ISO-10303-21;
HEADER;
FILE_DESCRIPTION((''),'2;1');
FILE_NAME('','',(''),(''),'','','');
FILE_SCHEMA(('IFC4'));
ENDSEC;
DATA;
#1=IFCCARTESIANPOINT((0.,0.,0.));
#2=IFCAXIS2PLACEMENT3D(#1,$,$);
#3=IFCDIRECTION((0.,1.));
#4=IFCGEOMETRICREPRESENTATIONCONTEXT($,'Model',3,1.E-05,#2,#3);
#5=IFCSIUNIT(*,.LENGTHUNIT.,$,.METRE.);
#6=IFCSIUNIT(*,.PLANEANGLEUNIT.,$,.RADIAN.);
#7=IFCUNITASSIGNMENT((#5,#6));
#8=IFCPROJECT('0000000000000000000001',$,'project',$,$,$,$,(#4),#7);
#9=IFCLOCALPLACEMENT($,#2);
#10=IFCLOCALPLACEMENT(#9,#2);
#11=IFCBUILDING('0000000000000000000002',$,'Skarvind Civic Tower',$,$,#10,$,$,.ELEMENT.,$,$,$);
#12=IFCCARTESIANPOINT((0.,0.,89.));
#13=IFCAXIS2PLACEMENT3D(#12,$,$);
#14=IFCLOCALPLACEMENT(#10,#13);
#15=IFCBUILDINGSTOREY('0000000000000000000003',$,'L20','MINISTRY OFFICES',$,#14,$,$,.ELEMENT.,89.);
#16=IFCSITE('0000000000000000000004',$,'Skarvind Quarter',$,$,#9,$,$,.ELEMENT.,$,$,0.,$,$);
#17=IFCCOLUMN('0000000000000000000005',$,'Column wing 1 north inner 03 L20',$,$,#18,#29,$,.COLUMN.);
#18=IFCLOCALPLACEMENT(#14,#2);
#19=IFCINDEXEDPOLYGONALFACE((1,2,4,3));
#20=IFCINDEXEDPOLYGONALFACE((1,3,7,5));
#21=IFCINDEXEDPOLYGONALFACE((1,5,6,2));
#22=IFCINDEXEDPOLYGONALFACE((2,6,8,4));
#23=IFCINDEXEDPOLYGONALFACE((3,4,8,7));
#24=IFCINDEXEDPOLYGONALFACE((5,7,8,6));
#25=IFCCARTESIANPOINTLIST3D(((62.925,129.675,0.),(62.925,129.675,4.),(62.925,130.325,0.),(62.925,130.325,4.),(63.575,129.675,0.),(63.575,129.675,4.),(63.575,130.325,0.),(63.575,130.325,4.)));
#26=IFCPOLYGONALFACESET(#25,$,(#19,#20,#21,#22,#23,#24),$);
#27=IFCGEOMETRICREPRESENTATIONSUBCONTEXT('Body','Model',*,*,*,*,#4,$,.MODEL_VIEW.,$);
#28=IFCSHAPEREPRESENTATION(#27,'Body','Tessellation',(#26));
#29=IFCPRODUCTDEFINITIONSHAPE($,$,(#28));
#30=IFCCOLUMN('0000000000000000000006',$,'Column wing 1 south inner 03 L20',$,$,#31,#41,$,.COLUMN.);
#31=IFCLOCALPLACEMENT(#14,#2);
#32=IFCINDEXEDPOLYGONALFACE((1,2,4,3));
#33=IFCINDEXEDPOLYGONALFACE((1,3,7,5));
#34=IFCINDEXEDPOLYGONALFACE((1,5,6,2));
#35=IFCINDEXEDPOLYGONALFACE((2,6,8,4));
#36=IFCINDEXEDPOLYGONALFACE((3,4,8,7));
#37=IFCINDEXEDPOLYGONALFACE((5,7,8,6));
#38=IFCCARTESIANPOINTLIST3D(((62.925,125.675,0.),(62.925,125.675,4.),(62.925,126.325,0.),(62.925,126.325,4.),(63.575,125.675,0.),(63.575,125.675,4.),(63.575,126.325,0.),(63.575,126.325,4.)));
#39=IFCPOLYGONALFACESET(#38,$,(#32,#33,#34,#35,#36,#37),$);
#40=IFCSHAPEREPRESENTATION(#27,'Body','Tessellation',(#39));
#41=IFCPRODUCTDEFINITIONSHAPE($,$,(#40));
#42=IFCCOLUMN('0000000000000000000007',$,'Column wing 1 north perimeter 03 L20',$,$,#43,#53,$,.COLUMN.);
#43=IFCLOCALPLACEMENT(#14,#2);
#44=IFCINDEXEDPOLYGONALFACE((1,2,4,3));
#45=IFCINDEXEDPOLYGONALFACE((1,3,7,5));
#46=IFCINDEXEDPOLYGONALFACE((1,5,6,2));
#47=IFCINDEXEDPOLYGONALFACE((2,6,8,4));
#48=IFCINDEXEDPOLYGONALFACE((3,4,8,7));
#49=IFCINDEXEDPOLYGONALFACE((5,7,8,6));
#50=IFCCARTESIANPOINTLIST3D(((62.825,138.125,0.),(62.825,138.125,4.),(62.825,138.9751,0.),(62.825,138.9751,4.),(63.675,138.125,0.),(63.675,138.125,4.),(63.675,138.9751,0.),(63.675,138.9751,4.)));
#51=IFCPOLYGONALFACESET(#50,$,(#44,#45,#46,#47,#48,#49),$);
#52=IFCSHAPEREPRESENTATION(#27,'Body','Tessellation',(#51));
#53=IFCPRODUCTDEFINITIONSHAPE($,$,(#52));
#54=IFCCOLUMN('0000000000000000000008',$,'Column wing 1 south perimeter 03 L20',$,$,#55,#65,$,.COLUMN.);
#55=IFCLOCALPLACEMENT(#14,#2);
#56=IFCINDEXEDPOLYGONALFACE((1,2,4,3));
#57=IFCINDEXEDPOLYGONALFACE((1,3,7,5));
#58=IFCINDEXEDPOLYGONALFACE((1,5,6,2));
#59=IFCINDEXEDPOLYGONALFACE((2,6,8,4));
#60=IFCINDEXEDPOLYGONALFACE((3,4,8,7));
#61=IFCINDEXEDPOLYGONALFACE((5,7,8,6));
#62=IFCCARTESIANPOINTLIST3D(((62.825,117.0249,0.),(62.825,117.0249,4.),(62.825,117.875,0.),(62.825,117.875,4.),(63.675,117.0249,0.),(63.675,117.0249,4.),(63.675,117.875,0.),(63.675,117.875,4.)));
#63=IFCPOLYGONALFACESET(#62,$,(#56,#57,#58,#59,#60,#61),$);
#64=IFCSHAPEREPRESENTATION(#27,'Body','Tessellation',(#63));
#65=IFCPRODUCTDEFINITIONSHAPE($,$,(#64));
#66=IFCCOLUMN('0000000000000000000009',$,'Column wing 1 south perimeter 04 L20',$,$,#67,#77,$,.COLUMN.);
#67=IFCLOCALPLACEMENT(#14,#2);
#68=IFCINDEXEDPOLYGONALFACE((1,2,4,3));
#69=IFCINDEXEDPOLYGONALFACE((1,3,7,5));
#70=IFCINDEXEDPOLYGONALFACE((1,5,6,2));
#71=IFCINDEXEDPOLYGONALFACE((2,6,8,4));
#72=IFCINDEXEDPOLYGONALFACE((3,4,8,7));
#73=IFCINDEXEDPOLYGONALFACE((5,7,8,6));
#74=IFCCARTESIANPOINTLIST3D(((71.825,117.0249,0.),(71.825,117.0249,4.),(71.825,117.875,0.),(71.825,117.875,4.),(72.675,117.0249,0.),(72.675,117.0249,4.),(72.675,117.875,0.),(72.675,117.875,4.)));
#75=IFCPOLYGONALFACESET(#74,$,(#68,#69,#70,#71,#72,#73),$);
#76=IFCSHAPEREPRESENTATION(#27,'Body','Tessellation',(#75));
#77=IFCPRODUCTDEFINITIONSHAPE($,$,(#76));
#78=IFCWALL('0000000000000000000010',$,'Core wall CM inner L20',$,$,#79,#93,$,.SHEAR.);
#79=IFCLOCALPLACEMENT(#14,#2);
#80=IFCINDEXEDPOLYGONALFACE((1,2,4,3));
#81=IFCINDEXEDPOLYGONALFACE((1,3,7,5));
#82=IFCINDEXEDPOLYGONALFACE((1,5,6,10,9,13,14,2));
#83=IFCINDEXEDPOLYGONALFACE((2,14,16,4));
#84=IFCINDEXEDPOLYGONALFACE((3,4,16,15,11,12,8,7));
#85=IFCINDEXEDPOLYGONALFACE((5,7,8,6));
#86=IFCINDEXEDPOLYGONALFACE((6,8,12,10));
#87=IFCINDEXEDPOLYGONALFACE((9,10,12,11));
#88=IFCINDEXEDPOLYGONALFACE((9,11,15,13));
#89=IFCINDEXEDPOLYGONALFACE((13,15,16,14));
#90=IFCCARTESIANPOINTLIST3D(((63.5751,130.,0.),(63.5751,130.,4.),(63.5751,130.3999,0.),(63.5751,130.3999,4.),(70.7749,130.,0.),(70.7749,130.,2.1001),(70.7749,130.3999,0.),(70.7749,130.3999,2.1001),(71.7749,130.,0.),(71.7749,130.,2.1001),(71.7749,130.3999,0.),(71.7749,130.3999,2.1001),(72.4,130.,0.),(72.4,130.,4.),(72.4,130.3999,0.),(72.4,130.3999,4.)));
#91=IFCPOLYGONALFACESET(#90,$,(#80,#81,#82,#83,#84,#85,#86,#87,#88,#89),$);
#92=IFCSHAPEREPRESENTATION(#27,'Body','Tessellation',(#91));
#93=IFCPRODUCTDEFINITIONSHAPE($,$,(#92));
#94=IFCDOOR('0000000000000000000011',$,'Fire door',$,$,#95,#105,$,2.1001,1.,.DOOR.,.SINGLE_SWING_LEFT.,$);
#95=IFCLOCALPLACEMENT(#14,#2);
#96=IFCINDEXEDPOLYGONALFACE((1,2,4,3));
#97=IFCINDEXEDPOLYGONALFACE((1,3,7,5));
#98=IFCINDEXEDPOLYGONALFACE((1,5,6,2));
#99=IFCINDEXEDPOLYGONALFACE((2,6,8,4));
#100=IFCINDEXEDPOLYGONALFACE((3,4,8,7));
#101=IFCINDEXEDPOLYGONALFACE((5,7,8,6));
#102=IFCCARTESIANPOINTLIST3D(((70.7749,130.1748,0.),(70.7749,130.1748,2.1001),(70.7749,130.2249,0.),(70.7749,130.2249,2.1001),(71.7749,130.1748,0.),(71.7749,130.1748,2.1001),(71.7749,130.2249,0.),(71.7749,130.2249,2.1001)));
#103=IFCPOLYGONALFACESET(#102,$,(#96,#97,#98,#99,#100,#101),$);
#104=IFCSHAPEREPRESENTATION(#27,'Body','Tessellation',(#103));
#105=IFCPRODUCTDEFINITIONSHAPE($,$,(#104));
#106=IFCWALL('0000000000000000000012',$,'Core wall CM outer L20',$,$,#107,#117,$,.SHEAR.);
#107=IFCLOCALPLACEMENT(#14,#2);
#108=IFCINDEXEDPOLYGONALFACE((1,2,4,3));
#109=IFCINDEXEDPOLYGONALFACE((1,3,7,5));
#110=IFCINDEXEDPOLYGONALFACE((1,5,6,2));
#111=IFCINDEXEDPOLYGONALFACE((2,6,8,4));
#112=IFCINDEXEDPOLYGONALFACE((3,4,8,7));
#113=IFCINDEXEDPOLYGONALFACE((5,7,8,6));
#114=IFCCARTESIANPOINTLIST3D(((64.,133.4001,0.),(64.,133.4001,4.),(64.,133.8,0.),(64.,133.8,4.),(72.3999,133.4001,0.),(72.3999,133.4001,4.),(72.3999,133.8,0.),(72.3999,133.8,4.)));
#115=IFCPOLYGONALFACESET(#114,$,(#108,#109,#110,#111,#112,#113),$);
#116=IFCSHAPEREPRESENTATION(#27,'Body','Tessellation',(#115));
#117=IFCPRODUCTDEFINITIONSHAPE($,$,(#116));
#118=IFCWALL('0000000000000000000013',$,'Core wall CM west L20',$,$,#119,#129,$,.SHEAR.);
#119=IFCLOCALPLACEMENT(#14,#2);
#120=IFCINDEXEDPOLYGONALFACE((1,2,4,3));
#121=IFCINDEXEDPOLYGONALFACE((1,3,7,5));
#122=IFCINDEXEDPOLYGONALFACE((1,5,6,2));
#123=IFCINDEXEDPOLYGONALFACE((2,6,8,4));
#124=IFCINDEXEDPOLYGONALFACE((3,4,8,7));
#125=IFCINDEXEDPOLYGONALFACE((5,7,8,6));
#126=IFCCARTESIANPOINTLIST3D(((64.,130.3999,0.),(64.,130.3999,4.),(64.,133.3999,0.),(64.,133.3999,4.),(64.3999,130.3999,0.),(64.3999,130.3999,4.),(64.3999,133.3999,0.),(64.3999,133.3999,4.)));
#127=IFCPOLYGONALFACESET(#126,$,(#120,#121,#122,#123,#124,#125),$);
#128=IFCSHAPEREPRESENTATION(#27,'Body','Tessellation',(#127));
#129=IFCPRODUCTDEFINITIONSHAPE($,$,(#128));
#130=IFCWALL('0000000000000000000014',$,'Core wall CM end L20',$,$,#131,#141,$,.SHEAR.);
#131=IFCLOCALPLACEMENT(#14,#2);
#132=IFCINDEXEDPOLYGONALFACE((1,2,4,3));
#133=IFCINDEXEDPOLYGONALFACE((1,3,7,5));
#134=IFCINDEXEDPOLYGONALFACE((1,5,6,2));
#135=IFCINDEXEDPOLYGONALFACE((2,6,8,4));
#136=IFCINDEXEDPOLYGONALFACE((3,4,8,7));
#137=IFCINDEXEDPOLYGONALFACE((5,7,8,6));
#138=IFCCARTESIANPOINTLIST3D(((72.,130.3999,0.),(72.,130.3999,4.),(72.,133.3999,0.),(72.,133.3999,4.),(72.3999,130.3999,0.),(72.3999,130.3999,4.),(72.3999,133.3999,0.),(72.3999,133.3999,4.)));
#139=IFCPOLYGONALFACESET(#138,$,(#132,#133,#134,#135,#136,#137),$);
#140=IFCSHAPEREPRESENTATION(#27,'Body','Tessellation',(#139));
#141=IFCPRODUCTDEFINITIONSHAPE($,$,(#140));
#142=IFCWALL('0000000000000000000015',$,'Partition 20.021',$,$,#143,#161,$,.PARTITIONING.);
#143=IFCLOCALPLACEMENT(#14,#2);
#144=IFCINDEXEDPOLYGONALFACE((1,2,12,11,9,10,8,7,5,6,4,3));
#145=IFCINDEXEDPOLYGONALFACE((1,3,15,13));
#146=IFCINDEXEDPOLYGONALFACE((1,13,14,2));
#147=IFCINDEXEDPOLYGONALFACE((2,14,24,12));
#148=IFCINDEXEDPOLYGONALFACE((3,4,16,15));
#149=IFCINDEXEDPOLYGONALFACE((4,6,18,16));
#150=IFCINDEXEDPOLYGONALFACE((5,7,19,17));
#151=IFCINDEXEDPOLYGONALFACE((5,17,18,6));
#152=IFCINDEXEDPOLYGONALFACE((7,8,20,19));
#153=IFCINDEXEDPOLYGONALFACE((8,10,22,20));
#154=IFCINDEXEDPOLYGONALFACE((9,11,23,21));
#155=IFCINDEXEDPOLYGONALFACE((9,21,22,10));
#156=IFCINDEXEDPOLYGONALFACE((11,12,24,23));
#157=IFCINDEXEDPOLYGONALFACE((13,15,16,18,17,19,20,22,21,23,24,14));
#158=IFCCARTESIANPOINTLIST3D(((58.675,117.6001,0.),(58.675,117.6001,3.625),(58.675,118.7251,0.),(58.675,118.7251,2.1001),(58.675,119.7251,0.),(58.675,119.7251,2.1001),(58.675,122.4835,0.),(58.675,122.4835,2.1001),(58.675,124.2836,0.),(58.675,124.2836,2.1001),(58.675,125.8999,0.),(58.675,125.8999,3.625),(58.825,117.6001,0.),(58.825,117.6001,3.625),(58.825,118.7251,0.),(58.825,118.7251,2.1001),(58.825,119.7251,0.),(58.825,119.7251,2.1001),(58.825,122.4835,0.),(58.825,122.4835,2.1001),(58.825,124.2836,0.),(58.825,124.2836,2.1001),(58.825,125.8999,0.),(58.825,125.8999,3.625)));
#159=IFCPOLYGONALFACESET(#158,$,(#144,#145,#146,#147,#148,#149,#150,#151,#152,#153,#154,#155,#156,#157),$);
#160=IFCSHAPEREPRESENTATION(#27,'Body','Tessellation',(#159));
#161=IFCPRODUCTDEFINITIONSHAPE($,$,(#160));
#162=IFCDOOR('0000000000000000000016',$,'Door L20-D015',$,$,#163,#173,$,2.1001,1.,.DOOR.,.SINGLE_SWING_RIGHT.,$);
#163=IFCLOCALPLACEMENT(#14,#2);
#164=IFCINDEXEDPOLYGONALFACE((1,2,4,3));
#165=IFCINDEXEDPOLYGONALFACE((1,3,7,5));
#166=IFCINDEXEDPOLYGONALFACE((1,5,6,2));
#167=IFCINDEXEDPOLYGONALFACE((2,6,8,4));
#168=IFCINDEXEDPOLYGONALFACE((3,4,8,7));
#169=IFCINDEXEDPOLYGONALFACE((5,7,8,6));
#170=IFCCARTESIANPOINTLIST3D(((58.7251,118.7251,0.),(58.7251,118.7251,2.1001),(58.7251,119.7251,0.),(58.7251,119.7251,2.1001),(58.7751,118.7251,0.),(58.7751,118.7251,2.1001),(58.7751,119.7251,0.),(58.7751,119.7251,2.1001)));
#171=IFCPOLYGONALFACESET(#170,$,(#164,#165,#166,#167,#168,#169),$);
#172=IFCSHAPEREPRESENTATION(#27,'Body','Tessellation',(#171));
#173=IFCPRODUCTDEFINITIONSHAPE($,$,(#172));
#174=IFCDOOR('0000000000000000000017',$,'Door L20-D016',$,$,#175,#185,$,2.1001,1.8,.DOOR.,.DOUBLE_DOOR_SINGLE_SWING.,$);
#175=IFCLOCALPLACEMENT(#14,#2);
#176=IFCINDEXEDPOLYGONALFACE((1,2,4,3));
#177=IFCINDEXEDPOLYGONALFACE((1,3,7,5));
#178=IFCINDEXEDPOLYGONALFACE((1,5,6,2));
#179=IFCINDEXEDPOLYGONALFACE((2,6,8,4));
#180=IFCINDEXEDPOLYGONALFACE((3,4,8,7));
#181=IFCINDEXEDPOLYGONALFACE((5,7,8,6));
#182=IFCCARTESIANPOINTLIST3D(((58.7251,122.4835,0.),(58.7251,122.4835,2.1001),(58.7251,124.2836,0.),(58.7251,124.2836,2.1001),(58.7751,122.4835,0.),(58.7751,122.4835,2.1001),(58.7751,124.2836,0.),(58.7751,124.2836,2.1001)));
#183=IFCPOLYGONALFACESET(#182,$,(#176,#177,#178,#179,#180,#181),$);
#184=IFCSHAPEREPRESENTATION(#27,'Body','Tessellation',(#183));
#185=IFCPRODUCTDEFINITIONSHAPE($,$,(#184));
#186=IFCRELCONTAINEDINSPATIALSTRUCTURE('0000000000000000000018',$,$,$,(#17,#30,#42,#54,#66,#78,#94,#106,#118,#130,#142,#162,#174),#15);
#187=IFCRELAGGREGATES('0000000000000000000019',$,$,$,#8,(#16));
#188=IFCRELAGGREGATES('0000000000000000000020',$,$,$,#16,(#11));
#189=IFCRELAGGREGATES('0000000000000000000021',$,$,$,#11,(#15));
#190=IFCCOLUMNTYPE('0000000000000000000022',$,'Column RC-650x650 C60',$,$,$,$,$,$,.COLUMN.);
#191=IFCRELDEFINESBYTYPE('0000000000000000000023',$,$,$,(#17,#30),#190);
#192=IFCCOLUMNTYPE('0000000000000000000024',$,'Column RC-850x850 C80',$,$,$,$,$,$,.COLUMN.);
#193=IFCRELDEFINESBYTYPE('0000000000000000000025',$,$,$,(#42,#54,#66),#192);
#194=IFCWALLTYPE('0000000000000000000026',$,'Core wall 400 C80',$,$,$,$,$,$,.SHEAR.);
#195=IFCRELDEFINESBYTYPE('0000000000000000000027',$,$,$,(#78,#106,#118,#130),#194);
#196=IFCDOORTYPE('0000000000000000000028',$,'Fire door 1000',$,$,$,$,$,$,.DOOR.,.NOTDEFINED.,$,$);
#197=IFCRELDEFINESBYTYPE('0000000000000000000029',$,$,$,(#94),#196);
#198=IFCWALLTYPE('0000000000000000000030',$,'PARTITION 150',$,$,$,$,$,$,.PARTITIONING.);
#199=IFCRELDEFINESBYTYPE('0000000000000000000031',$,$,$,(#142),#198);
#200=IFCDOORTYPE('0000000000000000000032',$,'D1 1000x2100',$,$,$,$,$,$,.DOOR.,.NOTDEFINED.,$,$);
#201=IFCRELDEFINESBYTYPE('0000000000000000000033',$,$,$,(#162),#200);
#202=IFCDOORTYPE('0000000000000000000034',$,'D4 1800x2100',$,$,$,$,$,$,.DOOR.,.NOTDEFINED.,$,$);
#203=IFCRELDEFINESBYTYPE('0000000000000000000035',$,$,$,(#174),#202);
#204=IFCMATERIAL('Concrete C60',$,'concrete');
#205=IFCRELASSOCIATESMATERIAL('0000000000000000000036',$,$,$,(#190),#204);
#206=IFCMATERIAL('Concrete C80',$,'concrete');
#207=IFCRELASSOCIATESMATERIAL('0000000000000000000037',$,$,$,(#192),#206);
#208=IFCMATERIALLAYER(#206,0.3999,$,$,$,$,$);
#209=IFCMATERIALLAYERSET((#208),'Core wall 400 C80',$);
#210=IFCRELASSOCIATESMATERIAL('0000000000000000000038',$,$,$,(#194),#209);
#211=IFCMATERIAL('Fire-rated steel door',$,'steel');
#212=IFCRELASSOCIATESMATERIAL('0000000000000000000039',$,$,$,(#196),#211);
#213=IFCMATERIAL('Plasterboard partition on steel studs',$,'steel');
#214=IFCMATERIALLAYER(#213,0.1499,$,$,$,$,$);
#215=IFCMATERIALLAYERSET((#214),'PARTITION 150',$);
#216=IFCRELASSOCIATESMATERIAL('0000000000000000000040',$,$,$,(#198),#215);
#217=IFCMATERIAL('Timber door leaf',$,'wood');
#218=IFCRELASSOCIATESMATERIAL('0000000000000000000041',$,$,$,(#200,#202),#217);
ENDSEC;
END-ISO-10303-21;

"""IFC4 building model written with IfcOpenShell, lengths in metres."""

from ifc_helpers import new_model, si_unit, direction, frame, frame_2d, origin, origin_2d, place, context, subcontext, project, spatial, rectangle, extrude, material, layer, layer_set, material_profile, profile_set, type_object, element, fill, save


model = new_model("IFC4")

# Units and contexts
model_context = context("Model", 3, precision=1e-05, world=origin(), true_north=direction((0.0, 1.0)))
body_context = subcontext(model_context, "Body", "Model", "MODEL_VIEW")
ifc_project = project(units=[si_unit("LENGTHUNIT", "METRE"), si_unit("PLANEANGLEUNIT", "RADIAN")], contexts=[model_context])

# Site, building, storey
site_placement = place(None, origin())
site = spatial("IfcSite", under=ifc_project, at=site_placement, Name="Skarvind Quarter", CompositionType="ELEMENT", RefElevation=0.0)
building_placement = place(site_placement, origin())
building = spatial("IfcBuilding", under=site, at=building_placement, Name="Skarvind Civic Tower", CompositionType="ELEMENT")
storey_placement = place(building_placement, frame((0.0, 0.0, 89.0)))
storey = spatial("IfcBuildingStorey", under=building, at=storey_placement, Name="L20", Description="MINISTRY OFFICES", CompositionType="ELEMENT", Elevation=89.0)

# Columns
ifc_material_1 = material(Name="Concrete C60", Category="concrete")
ifc_material_profile_1 = material_profile(ifc_material_1, rectangle(XDim=0.6499, YDim=0.6499, at=origin_2d()), Name="RC-650x650")
ifc_profile_set_1 = profile_set([ifc_material_profile_1], Name="Concrete C60")
column_type_1 = type_object("IfcColumnType", Name="Column RC-650x650 C60", PredefinedType="COLUMN", material=ifc_profile_set_1)
for number, where, z_axis, x_axis, name in (
    (1, (63.25, 130.0, 0.0), (0.0, 0.0, 1.0), (1.0, 0.0, 0.0), "Column wing 1 north inner 03 L20"),
    (2, (63.25, 126.0, 0.0), (0.0, 0.0, 1.0), (1.0, 0.0, 0.0), "Column wing 1 south inner 03 L20"),
):
    element("IfcColumn", number, at=place(storey_placement, frame(where, z_axis=z_axis, x_axis=x_axis)), inside=storey, type_object=column_type_1, Name=name, PredefinedType="COLUMN", context=body_context, shape_type="SweptSolid", body=[
        extrude(rectangle(XDim=0.6499, YDim=0.6499, at=origin_2d()), origin(), (0.0, 0.0, 1.0), 4.0),
    ])
ifc_material_2 = material(Name="Concrete C80", Category="concrete")
ifc_material_profile_2 = material_profile(ifc_material_2, rectangle(XDim=0.8501, YDim=0.8501, at=origin_2d()), Name="RC-850x850")
ifc_profile_set_2 = profile_set([ifc_material_profile_2], Name="Concrete C80")
column_type_2 = type_object("IfcColumnType", Name="Column RC-850x850 C80", PredefinedType="COLUMN", material=ifc_profile_set_2)
for number, where, z_axis, x_axis, name in (
    (3, (63.25, 138.55, 0.0), (0.0, 0.0, 1.0), (1.0, 0.0, 0.0), "Column wing 1 north perimeter 03 L20"),
    (4, (63.25, 117.45, 0.0), (0.0, 0.0, 1.0), (1.0, 0.0, 0.0), "Column wing 1 south perimeter 03 L20"),
    (5, (72.25, 117.45, 0.0), (0.0, 0.0, 1.0), (1.0, 0.0, 0.0), "Column wing 1 south perimeter 04 L20"),
):
    element("IfcColumn", number, at=place(storey_placement, frame(where, z_axis=z_axis, x_axis=x_axis)), inside=storey, type_object=column_type_2, Name=name, PredefinedType="COLUMN", context=body_context, shape_type="SweptSolid", body=[
        extrude(rectangle(XDim=0.8501, YDim=0.8501, at=origin_2d()), origin(), (0.0, 0.0, 1.0), 4.0),
    ])

# Wall, opening, door
ifc_layer_1 = layer(ifc_material_2, 0.3999)
ifc_layer_set_1 = layer_set([ifc_layer_1], Name="Core wall 400 C80")
wall_type_1 = type_object("IfcWallType", Name="Core wall 400 C80", PredefinedType="SHEAR", material=ifc_layer_set_1)
wall_1_placement = place(storey_placement, frame((63.575, 130.2, 0.0), z_axis=(0.0, 0.0, 1.0), x_axis=(1.0, 0.0, 0.0)))
wall_1 = element("IfcWall", 6, at=wall_1_placement, inside=storey, type_object=wall_type_1, Name="Core wall CM inner L20", PredefinedType="SHEAR", context=body_context, shape_type="SweptSolid", body=[
    extrude(rectangle(XDim=8.825, YDim=0.3999, at=frame_2d((4.4126, 0.0))), origin(), (0.0, 0.0, 1.0), 4.0),
])
opening_1_placement = place(wall_1_placement, frame((7.2, 0.0, 0.0)))
opening_1 = element("IfcOpeningElement", 7, at=opening_1_placement, cuts=wall_1, PredefinedType="OPENING", context=body_context, shape_type="SweptSolid", body=[
    extrude(rectangle(XDim=1.0, YDim=2.1001, at=frame_2d((0.5, 1.05))), frame((0.0, 0.21, 0.0), z_axis=(0.0, -1.0, 0.0), x_axis=(1.0, 0.0, 0.0)), (0.0, 0.0, 1.0), 0.4199),
])
ifc_material_3 = material(Name="Fire-rated steel door", Category="steel")
door_type_1 = type_object("IfcDoorType", Name="Fire door 1000", OperationType="NOTDEFINED", PredefinedType="DOOR", material=ifc_material_3)
door_1_placement = place(opening_1_placement, origin())
door_1 = element("IfcDoor", 8, at=door_1_placement, inside=storey, type_object=door_type_1, Name="Fire door", OperationType="SINGLE_SWING_LEFT", OverallHeight=2.1001, OverallWidth=1.0, PredefinedType="DOOR", context=body_context, shape_type="SweptSolid", body=[
    extrude(rectangle(XDim=1.0, YDim=2.1001, at=frame_2d((0.5, 1.05))), frame((0.0, 0.0249, 0.0), z_axis=(0.0, -1.0, 0.0), x_axis=(1.0, 0.0, 0.0)), (0.0, 0.0, 1.0), 0.05),
])
fill(opening_1, door_1)

# Walls
wall_2_placement = place(storey_placement, frame((64.0, 133.6001, 0.0), z_axis=(0.0, 0.0, 1.0), x_axis=(1.0, 0.0, 0.0)))
element("IfcWall", 9, at=wall_2_placement, inside=storey, type_object=wall_type_1, Name="Core wall CM outer L20", PredefinedType="SHEAR", context=body_context, shape_type="SweptSolid", body=[
    extrude(rectangle(XDim=8.3999, YDim=0.3999, at=frame_2d((4.2, 0.0))), origin(), (0.0, 0.0, 1.0), 4.0),
])
for number, where, z_axis, x_axis, name in (
    (10, (64.2, 130.3999, 0.0), (0.0, 0.0, 1.0), (0.0, 1.0, 0.0), "Core wall CM west L20"),
    (11, (72.2, 130.3999, 0.0), (0.0, 0.0, 1.0), (0.0, 1.0, 0.0), "Core wall CM end L20"),
):
    element("IfcWall", number, at=place(storey_placement, frame(where, z_axis=z_axis, x_axis=x_axis)), inside=storey, type_object=wall_type_1, Name=name, PredefinedType="SHEAR", context=body_context, shape_type="SweptSolid", body=[
        extrude(rectangle(XDim=3.0, YDim=0.3999, at=frame_2d((1.5, 0.0))), origin(), (0.0, 0.0, 1.0), 4.0),
    ])

# Wall, openings, doors
ifc_material_4 = material(Name="Plasterboard partition on steel studs", Category="steel")
ifc_layer_2 = layer(ifc_material_4, 0.1499)
ifc_layer_set_2 = layer_set([ifc_layer_2], Name="PARTITION 150")
wall_type_2 = type_object("IfcWallType", Name="PARTITION 150", PredefinedType="PARTITIONING", material=ifc_layer_set_2)
wall_3_placement = place(storey_placement, frame((58.75, 117.6001, 0.0), z_axis=(0.0, 0.0, 1.0), x_axis=(0.0, 1.0, 0.0)))
wall_3 = element("IfcWall", 12, at=wall_3_placement, inside=storey, type_object=wall_type_2, Name="Partition 20.021", PredefinedType="PARTITIONING", context=body_context, shape_type="SweptSolid", body=[
    extrude(rectangle(XDim=8.2998, YDim=0.1499, at=frame_2d((4.1499, 0.0))), origin(), (0.0, 0.0, 1.0), 3.625),
])
opening_2_placement = place(wall_3_placement, frame((1.125, 0.0, 0.0)))
opening_2 = element("IfcOpeningElement", 13, at=opening_2_placement, cuts=wall_3, PredefinedType="OPENING", context=body_context, shape_type="SweptSolid", body=[
    extrude(rectangle(XDim=1.0, YDim=2.1001, at=frame_2d((0.5, 1.05))), frame((0.0, 0.085, 0.0), z_axis=(0.0, -1.0, 0.0), x_axis=(1.0, 0.0, 0.0)), (0.0, 0.0, 1.0), 0.1699),
])
opening_3_placement = place(wall_3_placement, frame((4.8835, 0.0, 0.0)))
opening_3 = element("IfcOpeningElement", 14, at=opening_3_placement, cuts=wall_3, PredefinedType="OPENING", context=body_context, shape_type="SweptSolid", body=[
    extrude(rectangle(XDim=1.8, YDim=2.1001, at=frame_2d((0.8999, 1.05))), frame((0.0, 0.085, 0.0), z_axis=(0.0, -1.0, 0.0), x_axis=(1.0, 0.0, 0.0)), (0.0, 0.0, 1.0), 0.1699),
])
ifc_material_5 = material(Name="Timber door leaf", Category="wood")
door_type_2 = type_object("IfcDoorType", Name="D1 1000x2100", OperationType="NOTDEFINED", PredefinedType="DOOR", material=ifc_material_5)
door_2_placement = place(opening_2_placement, origin())
door_2 = element("IfcDoor", 15, at=door_2_placement, inside=storey, type_object=door_type_2, Name="Door L20-D015", OperationType="SINGLE_SWING_RIGHT", OverallHeight=2.1001, OverallWidth=1.0, PredefinedType="DOOR", context=body_context, shape_type="SweptSolid", body=[
    extrude(rectangle(XDim=1.0, YDim=2.1001, at=frame_2d((0.5, 1.05))), frame((0.0, 0.0249, 0.0), z_axis=(0.0, -1.0, 0.0), x_axis=(1.0, 0.0, 0.0)), (0.0, 0.0, 1.0), 0.05),
])
fill(opening_2, door_2)
door_type_3 = type_object("IfcDoorType", Name="D4 1800x2100", OperationType="NOTDEFINED", PredefinedType="DOOR", material=ifc_material_5)
door_3_placement = place(opening_3_placement, origin())
door_3 = element("IfcDoor", 16, at=door_3_placement, inside=storey, type_object=door_type_3, Name="Door L20-D016", OperationType="DOUBLE_DOOR_SINGLE_SWING", OverallHeight=2.1001, OverallWidth=1.8, PredefinedType="DOOR", context=body_context, shape_type="SweptSolid", body=[
    extrude(rectangle(XDim=1.8, YDim=2.1001, at=frame_2d((0.8999, 1.05))), frame((0.0, 0.0249, 0.0), z_axis=(0.0, -1.0, 0.0), x_axis=(1.0, 0.0, 0.0)), (0.0, 0.0, 1.0), 0.05),
])
fill(opening_3, door_3)

save(model, "model.ifc")
